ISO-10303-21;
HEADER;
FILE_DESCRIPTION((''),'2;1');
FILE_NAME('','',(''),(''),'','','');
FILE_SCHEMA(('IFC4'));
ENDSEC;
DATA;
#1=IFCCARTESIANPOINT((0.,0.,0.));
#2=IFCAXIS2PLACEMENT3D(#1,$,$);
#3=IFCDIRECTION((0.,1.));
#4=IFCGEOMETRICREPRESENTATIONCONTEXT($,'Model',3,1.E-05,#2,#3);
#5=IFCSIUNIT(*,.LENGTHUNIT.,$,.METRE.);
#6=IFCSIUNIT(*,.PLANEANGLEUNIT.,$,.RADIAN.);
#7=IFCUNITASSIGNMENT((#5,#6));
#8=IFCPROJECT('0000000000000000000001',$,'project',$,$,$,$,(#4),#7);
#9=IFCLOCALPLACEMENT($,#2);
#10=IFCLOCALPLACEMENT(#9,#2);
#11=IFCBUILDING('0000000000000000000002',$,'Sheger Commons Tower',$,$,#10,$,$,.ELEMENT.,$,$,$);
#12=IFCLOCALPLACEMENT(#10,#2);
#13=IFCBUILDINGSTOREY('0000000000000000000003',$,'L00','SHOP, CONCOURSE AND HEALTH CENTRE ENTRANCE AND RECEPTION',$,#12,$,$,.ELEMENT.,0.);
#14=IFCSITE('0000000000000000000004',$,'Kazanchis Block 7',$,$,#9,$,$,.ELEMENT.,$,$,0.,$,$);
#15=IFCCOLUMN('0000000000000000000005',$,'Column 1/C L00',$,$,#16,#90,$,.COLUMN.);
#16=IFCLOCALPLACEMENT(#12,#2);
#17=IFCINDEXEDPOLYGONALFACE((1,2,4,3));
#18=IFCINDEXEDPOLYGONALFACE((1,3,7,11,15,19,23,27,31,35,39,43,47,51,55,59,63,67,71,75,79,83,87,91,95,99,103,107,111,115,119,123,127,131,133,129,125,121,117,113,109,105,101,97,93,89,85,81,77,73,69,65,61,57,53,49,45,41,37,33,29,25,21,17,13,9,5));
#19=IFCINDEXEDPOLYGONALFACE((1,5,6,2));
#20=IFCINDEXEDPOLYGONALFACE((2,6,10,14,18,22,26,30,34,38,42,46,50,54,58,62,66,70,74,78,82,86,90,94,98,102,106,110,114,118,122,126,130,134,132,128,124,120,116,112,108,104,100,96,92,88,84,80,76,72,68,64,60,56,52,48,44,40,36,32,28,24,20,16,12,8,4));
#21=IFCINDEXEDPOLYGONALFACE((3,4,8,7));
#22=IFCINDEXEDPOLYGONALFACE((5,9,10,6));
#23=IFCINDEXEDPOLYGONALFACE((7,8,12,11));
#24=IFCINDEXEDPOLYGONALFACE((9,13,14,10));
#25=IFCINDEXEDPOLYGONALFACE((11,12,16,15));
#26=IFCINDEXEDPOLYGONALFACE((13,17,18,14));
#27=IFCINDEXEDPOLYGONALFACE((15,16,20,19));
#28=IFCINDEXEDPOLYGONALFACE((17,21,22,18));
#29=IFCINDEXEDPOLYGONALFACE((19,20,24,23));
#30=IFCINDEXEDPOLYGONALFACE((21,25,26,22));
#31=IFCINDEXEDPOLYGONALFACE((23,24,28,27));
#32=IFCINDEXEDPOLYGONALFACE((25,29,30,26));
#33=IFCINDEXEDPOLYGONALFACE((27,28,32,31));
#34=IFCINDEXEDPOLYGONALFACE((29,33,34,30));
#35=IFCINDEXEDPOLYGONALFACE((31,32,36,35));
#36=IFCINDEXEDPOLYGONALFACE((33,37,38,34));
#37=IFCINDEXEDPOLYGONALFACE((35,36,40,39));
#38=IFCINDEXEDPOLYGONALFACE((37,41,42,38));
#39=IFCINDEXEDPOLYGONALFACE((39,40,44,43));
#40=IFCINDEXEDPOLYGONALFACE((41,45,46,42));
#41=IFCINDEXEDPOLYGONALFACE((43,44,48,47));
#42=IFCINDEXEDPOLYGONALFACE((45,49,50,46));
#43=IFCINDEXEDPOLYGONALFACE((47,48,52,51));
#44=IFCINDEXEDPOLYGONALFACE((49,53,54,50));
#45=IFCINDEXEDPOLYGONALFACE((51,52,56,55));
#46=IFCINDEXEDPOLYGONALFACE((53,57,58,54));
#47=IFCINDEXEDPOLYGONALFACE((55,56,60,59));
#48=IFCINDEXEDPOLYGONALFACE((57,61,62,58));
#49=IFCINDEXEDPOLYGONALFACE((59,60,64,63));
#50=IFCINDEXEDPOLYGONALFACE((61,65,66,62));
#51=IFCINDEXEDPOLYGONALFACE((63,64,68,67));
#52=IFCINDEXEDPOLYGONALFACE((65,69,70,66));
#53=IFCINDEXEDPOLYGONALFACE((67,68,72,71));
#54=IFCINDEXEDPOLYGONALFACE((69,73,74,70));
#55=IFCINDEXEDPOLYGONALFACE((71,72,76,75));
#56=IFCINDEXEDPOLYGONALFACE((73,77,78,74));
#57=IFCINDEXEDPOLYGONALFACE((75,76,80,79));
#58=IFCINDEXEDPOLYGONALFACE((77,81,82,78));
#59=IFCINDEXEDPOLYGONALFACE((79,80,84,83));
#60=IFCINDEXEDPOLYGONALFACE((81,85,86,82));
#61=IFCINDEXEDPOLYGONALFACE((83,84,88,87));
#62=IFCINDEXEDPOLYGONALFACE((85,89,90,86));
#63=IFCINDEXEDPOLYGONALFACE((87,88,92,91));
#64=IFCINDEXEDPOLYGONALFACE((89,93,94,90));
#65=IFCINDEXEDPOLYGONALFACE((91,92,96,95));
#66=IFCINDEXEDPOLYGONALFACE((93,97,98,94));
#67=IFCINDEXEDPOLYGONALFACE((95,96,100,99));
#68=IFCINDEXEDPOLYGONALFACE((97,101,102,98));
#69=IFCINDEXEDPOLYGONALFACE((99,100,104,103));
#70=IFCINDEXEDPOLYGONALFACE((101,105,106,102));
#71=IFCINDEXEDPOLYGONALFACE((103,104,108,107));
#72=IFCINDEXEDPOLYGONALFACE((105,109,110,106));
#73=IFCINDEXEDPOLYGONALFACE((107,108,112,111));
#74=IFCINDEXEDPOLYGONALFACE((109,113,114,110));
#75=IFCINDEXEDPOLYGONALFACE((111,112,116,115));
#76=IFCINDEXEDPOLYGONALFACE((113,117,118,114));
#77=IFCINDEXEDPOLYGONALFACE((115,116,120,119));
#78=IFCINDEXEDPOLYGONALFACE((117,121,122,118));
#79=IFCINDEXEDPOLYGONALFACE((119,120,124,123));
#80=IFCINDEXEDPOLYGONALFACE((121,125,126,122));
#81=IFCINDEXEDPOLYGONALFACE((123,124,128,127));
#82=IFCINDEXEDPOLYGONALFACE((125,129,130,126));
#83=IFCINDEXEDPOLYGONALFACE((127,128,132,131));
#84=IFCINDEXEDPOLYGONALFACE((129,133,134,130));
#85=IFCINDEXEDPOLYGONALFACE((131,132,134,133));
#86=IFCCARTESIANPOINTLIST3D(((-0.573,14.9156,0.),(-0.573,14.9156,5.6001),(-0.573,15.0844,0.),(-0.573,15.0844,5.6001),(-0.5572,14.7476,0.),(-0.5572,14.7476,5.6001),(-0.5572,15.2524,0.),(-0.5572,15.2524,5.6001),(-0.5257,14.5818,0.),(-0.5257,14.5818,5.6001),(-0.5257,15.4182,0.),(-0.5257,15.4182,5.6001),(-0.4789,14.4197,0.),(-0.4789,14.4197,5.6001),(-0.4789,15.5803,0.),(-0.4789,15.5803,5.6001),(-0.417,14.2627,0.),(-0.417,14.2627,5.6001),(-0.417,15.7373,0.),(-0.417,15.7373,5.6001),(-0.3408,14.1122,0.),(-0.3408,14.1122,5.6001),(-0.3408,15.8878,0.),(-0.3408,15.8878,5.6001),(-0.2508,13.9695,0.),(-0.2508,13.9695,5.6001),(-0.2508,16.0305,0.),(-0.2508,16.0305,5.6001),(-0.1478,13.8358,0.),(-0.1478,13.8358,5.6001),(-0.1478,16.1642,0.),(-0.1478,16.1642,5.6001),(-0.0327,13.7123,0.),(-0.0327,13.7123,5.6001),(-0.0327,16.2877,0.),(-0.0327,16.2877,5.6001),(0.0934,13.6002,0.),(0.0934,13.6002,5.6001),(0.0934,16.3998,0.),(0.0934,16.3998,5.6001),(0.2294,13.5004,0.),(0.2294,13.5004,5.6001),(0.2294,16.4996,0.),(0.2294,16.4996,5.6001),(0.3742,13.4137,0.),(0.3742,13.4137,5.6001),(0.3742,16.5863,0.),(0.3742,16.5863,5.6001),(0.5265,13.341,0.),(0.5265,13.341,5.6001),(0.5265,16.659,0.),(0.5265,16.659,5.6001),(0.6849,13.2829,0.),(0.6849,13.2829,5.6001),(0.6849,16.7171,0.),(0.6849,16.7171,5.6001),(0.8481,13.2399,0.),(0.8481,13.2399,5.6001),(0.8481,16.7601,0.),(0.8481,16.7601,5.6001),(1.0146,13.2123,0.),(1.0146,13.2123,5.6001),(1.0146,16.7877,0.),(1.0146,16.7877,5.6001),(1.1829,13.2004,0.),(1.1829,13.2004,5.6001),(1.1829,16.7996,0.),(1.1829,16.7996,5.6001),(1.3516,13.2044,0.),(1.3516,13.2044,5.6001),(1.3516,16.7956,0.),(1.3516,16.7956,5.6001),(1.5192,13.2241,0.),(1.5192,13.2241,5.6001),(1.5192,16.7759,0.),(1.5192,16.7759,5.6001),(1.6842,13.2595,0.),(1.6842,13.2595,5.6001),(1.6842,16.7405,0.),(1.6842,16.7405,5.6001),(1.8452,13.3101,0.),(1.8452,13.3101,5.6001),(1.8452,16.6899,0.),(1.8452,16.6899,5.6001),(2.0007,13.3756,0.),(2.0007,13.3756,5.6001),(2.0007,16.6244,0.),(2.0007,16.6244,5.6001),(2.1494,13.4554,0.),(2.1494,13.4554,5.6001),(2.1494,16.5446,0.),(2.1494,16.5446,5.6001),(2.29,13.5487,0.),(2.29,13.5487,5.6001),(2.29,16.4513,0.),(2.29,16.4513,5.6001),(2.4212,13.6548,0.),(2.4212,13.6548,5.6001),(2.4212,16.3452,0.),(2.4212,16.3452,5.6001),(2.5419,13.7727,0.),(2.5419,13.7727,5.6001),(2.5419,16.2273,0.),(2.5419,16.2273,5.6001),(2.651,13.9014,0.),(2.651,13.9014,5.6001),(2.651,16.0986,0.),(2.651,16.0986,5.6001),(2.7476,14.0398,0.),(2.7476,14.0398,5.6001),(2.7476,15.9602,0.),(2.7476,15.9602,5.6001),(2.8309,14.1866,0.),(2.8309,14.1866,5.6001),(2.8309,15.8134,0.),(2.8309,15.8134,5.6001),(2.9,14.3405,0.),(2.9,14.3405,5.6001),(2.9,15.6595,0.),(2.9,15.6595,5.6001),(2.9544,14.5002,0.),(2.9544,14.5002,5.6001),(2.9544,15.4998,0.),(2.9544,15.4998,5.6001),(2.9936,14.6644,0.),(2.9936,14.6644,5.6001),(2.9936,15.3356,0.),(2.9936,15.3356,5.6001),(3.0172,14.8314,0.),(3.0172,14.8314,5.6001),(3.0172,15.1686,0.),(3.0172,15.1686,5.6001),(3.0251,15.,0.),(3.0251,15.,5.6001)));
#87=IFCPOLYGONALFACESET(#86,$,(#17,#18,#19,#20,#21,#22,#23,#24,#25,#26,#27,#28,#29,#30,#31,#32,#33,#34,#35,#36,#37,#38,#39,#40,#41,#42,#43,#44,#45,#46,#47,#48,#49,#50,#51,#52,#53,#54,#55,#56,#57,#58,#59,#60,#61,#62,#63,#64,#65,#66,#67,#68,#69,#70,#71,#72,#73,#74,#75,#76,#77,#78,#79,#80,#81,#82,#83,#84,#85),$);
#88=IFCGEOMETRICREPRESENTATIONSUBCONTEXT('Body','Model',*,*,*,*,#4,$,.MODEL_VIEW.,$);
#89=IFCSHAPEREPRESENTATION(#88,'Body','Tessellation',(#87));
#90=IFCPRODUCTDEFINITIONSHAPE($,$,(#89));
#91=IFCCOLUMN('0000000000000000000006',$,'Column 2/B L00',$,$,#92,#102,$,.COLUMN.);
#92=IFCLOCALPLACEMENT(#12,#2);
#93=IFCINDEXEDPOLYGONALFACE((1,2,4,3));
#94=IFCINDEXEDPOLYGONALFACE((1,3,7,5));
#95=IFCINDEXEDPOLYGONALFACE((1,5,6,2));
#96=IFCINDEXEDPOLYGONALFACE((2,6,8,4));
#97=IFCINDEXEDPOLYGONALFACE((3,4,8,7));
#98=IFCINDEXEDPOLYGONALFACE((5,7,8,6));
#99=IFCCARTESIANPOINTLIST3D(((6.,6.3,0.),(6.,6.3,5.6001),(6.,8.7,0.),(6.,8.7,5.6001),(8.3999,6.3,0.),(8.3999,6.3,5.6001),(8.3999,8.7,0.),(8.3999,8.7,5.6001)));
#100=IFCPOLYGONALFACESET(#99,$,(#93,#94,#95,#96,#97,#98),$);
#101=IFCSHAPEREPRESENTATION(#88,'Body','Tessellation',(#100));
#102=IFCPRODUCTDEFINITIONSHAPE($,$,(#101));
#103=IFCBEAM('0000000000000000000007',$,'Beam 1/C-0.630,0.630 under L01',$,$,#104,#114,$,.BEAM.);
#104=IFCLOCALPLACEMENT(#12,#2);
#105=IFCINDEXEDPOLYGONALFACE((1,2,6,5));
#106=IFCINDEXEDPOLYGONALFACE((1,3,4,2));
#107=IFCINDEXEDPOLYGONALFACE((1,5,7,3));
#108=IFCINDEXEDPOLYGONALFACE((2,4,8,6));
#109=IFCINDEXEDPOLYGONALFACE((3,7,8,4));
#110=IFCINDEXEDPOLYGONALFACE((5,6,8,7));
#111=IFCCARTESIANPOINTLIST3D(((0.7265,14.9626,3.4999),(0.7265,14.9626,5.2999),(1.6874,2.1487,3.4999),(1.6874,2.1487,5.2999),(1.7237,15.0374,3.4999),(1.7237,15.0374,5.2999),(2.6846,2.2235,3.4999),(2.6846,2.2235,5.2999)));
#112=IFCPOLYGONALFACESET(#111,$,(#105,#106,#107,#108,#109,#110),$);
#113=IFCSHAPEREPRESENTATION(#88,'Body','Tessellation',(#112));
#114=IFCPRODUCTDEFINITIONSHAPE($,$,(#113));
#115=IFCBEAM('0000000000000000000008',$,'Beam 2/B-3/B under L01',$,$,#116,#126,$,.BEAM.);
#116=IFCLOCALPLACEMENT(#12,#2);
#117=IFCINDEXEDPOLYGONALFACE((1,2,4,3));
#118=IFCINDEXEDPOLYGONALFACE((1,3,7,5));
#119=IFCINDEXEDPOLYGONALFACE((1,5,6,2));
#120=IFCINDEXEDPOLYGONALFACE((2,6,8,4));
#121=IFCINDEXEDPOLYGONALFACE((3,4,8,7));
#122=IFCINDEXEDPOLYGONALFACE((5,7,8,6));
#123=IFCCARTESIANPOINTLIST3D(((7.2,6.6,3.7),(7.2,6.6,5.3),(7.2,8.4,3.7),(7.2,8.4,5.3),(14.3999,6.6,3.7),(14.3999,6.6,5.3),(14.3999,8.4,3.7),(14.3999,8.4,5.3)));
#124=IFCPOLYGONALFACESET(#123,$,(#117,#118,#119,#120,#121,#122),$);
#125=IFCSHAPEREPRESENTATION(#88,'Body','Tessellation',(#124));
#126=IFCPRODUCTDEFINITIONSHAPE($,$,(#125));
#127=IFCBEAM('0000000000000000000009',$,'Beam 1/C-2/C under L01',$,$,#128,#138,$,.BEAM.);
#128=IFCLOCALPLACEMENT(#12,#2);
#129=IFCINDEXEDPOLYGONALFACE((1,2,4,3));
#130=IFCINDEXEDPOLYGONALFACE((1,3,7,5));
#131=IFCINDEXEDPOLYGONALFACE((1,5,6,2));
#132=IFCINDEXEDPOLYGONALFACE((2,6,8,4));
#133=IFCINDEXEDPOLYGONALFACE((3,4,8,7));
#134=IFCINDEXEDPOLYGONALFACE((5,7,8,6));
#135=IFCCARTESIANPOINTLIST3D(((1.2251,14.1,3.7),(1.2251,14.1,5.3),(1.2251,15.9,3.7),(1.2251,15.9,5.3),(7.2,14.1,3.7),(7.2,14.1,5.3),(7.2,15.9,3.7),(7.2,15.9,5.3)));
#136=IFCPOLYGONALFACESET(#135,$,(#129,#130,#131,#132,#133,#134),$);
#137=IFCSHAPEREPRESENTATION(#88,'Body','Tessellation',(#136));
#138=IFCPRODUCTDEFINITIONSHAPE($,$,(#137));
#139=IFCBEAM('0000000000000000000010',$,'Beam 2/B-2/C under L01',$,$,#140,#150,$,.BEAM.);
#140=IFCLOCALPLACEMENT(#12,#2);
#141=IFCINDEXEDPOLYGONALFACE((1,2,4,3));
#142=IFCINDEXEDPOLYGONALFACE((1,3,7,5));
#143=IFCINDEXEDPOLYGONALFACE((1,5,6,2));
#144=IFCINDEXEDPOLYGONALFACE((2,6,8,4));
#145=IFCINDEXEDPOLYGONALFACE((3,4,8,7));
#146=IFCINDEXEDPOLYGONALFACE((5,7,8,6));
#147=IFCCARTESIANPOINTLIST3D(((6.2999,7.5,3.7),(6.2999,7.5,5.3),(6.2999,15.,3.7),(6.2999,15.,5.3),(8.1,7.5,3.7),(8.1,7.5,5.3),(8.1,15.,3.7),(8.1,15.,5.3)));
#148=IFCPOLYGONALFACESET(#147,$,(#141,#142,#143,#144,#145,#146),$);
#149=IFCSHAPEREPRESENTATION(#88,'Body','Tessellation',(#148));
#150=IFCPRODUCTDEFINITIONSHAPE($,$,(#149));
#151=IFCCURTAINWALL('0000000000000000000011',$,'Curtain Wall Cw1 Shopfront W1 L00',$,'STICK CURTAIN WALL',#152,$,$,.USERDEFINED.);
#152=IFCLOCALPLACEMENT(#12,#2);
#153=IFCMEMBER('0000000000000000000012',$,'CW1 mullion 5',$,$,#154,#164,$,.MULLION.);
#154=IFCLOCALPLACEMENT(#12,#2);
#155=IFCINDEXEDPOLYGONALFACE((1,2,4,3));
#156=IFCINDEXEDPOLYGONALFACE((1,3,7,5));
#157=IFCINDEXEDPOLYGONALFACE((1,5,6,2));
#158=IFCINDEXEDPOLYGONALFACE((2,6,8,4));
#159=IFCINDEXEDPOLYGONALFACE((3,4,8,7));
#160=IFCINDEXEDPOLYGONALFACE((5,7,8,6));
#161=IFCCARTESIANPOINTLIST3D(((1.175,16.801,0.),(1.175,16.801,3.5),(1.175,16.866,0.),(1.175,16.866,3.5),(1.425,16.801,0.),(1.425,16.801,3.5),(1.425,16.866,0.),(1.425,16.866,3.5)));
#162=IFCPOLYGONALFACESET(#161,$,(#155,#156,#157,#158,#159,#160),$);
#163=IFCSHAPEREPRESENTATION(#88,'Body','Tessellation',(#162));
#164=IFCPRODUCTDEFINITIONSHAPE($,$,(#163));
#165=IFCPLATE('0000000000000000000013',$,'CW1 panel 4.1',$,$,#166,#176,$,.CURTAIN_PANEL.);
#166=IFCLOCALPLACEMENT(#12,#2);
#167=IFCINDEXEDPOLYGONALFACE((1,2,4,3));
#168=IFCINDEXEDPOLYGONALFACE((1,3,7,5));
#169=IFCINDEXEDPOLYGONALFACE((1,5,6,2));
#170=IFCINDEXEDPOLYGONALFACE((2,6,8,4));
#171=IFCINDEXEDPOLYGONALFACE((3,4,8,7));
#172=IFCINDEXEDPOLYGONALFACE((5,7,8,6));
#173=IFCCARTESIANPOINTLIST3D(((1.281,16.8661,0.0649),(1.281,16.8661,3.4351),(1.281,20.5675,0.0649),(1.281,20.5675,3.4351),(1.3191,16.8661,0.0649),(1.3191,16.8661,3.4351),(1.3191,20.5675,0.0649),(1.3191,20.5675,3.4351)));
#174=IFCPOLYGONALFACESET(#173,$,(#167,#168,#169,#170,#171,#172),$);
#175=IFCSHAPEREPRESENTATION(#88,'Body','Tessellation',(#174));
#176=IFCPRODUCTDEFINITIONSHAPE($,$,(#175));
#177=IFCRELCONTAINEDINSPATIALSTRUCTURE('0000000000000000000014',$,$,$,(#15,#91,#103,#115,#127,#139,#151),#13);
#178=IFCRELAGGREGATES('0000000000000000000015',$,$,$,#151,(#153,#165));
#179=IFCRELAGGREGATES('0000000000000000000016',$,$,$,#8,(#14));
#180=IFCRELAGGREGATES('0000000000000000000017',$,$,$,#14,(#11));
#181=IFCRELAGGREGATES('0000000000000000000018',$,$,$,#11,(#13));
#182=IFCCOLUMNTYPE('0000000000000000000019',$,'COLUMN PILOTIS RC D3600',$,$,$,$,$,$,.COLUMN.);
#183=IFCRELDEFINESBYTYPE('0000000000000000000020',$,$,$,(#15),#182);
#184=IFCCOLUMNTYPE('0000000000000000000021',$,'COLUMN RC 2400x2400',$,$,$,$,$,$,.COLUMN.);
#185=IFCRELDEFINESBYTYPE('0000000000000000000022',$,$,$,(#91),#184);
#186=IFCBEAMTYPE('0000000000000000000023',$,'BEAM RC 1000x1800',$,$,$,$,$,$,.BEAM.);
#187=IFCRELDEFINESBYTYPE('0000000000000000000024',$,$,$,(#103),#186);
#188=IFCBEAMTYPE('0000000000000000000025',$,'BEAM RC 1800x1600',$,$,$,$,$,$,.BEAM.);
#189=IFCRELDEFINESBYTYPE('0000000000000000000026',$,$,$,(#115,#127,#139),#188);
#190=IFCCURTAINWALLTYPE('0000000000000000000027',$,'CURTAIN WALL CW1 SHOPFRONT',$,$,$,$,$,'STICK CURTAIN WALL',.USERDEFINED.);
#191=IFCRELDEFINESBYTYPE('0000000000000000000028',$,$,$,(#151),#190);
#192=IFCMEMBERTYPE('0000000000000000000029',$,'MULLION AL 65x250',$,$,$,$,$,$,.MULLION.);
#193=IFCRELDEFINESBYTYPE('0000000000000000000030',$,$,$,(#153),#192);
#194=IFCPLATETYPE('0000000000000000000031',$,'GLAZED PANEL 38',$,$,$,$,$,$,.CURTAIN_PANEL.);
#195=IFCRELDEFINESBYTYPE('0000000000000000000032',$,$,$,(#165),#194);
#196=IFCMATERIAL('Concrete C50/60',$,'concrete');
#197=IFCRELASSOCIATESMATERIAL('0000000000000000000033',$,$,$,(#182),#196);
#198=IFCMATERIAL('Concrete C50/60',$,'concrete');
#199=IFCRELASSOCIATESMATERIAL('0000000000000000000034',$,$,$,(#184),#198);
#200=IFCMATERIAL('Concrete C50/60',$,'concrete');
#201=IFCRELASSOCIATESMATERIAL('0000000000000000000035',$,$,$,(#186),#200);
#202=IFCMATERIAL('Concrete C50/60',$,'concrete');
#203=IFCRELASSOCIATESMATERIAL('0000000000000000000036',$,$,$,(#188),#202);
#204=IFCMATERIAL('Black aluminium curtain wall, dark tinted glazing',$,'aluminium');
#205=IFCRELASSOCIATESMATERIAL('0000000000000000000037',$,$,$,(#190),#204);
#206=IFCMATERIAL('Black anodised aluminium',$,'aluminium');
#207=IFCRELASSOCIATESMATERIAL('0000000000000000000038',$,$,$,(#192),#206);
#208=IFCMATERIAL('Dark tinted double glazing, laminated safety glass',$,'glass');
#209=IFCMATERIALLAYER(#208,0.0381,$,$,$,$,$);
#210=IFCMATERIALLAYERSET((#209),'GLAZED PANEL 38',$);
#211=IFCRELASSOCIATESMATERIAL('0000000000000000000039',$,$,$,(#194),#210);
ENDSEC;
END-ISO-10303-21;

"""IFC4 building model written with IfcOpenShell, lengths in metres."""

from ifc_helpers import new_model, si_unit, direction, frame, origin, origin_2d, place, context, subcontext, project, spatial, rectangle, circle, extrude, material, layer, layer_set, material_profile, profile_set, type_object, element, aggregate, save


model = new_model("IFC4")

# Units and contexts
model_context = context("Model", 3, precision=1e-05, world=origin(), true_north=direction((0.0, 1.0)))
body_context = subcontext(model_context, "Body", "Model", "MODEL_VIEW")
ifc_project = project(units=[si_unit("LENGTHUNIT", "METRE"), si_unit("PLANEANGLEUNIT", "RADIAN")], contexts=[model_context])

# Site, building, storey
site_placement = place(None, origin())
site = spatial("IfcSite", under=ifc_project, at=site_placement, Name="Kazanchis Block 7", CompositionType="ELEMENT", RefElevation=0.0)
building_placement = place(site_placement, origin())
building = spatial("IfcBuilding", under=site, at=building_placement, Name="Sheger Commons Tower", CompositionType="ELEMENT")
storey_placement = place(building_placement, origin())
storey = spatial("IfcBuildingStorey", under=building, at=storey_placement, Name="L00", Description="SHOP, CONCOURSE AND HEALTH CENTRE ENTRANCE AND RECEPTION", CompositionType="ELEMENT", Elevation=0.0)

# Columns
ifc_material_1 = material(Name="Concrete C50/60", Category="concrete")
ifc_material_profile_1 = material_profile(ifc_material_1, circle(Radius=1.8, at=origin_2d()), Name="RC D3600")
ifc_profile_set_1 = profile_set([ifc_material_profile_1], Name="Concrete C50/60")
column_type_1 = type_object("IfcColumnType", Name="COLUMN PILOTIS RC D3600", PredefinedType="COLUMN", material=ifc_profile_set_1)
column_1_placement = place(storey_placement, frame((1.2251, 15.0, 0.0), z_axis=(0.0, 0.0, 1.0), x_axis=(1.0, 0.0, 0.0)))
element("IfcColumn", 1, at=column_1_placement, inside=storey, type_object=column_type_1, Name="Column 1/C L00", PredefinedType="COLUMN", context=body_context, shape_type="SweptSolid", body=[
    extrude(circle(Radius=1.8, at=origin_2d()), origin(), (0.0, 0.0, 1.0), 5.6001),
])
ifc_material_2 = material(Name="Concrete C50/60", Category="concrete")
ifc_material_profile_2 = material_profile(ifc_material_2, rectangle(XDim=2.3999, YDim=2.3999, at=origin_2d()), Name="RC 2400x2400")
ifc_profile_set_2 = profile_set([ifc_material_profile_2], Name="Concrete C50/60")
column_type_2 = type_object("IfcColumnType", Name="COLUMN RC 2400x2400", PredefinedType="COLUMN", material=ifc_profile_set_2)
column_2_placement = place(storey_placement, frame((7.2, 7.5, 0.0), z_axis=(0.0, 0.0, 1.0), x_axis=(1.0, 0.0, 0.0)))
element("IfcColumn", 2, at=column_2_placement, inside=storey, type_object=column_type_2, Name="Column 2/B L00", PredefinedType="COLUMN", context=body_context, shape_type="SweptSolid", body=[
    extrude(rectangle(XDim=2.3999, YDim=2.3999, at=origin_2d()), origin(), (0.0, 0.0, 1.0), 5.6001),
])

# Beams
ifc_material_3 = material(Name="Concrete C50/60", Category="concrete")
ifc_material_profile_3 = material_profile(ifc_material_3, rectangle(XDim=1.0, YDim=1.8, at=origin_2d()), Name="RC 1000x1800")
ifc_profile_set_3 = profile_set([ifc_material_profile_3], Name="Concrete C50/60")
beam_type_1 = type_object("IfcBeamType", Name="BEAM RC 1000x1800", PredefinedType="BEAM", material=ifc_profile_set_3)
beam_1_placement = place(storey_placement, frame((1.2251, 15.0, 4.3999), z_axis=(0.074781, -0.9972, 0.0), x_axis=(0.9972, 0.074781, 0.0)))
element("IfcBeam", 3, at=beam_1_placement, inside=storey, type_object=beam_type_1, Name="Beam 1/C-0.630,0.630 under L01", PredefinedType="BEAM", context=body_context, shape_type="SweptSolid", body=[
    extrude(rectangle(XDim=1.0, YDim=1.8, at=origin_2d()), origin(), (0.0, 0.0, 1.0), 12.8499),
])
ifc_material_4 = material(Name="Concrete C50/60", Category="concrete")
ifc_material_profile_4 = material_profile(ifc_material_4, rectangle(XDim=1.8, YDim=1.6001, at=origin_2d()), Name="RC 1800x1600")
ifc_profile_set_4 = profile_set([ifc_material_profile_4], Name="Concrete C50/60")
beam_type_2 = type_object("IfcBeamType", Name="BEAM RC 1800x1600", PredefinedType="BEAM", material=ifc_profile_set_4)
beam_2_placement = place(storey_placement, frame((7.2, 7.5, 4.5), z_axis=(1.0, 0.0, 0.0), x_axis=(0.0, 1.0, 0.0)))
element("IfcBeam", 4, at=beam_2_placement, inside=storey, type_object=beam_type_2, Name="Beam 2/B-3/B under L01", PredefinedType="BEAM", context=body_context, shape_type="SweptSolid", body=[
    extrude(rectangle(XDim=1.8, YDim=1.6001, at=origin_2d()), origin(), (0.0, 0.0, 1.0), 7.2),
])
beam_3_placement = place(storey_placement, frame((1.2251, 15.0, 4.5), z_axis=(1.0, 0.0, 0.0), x_axis=(0.0, 1.0, 0.0)))
element("IfcBeam", 5, at=beam_3_placement, inside=storey, type_object=beam_type_2, Name="Beam 1/C-2/C under L01", PredefinedType="BEAM", context=body_context, shape_type="SweptSolid", body=[
    extrude(rectangle(XDim=1.8, YDim=1.6001, at=origin_2d()), origin(), (0.0, 0.0, 1.0), 5.9749),
])
beam_4_placement = place(storey_placement, frame((7.2, 7.5, 4.5), z_axis=(0.0, 1.0, 0.0), x_axis=(-1.0, 0.0, 0.0)))
element("IfcBeam", 6, at=beam_4_placement, inside=storey, type_object=beam_type_2, Name="Beam 2/B-2/C under L01", PredefinedType="BEAM", context=body_context, shape_type="SweptSolid", body=[
    extrude(rectangle(XDim=1.8, YDim=1.6001, at=origin_2d()), origin(), (0.0, 0.0, 1.0), 7.5),
])

# Curtain wall, member, plate
ifc_material_5 = material(Name="Black aluminium curtain wall, dark tinted glazing", Category="aluminium")
curtain_wall_type = type_object("IfcCurtainWallType", Name="CURTAIN WALL CW1 SHOPFRONT", ElementType="STICK CURTAIN WALL", PredefinedType="USERDEFINED", material=ifc_material_5)
curtain_wall_placement = place(storey_placement, origin())
curtain_wall = element("IfcCurtainWall", 7, at=curtain_wall_placement, inside=storey, type_object=curtain_wall_type, Name="Curtain Wall Cw1 Shopfront W1 L00", ObjectType="STICK CURTAIN WALL", PredefinedType="USERDEFINED")
ifc_material_6 = material(Name="Black anodised aluminium", Category="aluminium")
ifc_material_profile_5 = material_profile(ifc_material_6, rectangle(XDim=0.25, YDim=0.0649, at=origin_2d()), Name="AL 65x250")
ifc_profile_set_5 = profile_set([ifc_material_profile_5], Name="Black anodised aluminium")
member_type = type_object("IfcMemberType", Name="MULLION AL 65x250", PredefinedType="MULLION", material=ifc_profile_set_5)
member_placement = place(storey_placement, frame((1.3, 16.8335, 0.0), z_axis=(0.0, 0.0, 1.0), x_axis=(1.0, 0.0, 0.0)))
member = element("IfcMember", 8, at=member_placement, type_object=member_type, Name="CW1 mullion 5", PredefinedType="MULLION", context=body_context, shape_type="SweptSolid", body=[
    extrude(rectangle(XDim=0.25, YDim=0.0649, at=origin_2d()), origin(), (0.0, 0.0, 1.0), 3.5),
])
ifc_material_7 = material(Name="Dark tinted double glazing, laminated safety glass", Category="glass")
ifc_layer_1 = layer(ifc_material_7, 0.0381)
ifc_layer_set_1 = layer_set([ifc_layer_1], Name="GLAZED PANEL 38")
plate_type = type_object("IfcPlateType", Name="GLAZED PANEL 38", PredefinedType="CURTAIN_PANEL", material=ifc_layer_set_1)
plate_placement = place(storey_placement, frame((1.3, 18.7168, 0.0649), z_axis=(0.0, 0.0, 1.0), x_axis=(0.0, -1.0, 0.0)))
plate = element("IfcPlate", 9, at=plate_placement, type_object=plate_type, Name="CW1 panel 4.1", PredefinedType="CURTAIN_PANEL", context=body_context, shape_type="SweptSolid", body=[
    extrude(rectangle(XDim=3.7014, YDim=0.0381, at=origin_2d()), origin(), (0.0, 0.0, 1.0), 3.3701),
])
aggregate(curtain_wall, [member, plate])

save(model, "model.ifc")
